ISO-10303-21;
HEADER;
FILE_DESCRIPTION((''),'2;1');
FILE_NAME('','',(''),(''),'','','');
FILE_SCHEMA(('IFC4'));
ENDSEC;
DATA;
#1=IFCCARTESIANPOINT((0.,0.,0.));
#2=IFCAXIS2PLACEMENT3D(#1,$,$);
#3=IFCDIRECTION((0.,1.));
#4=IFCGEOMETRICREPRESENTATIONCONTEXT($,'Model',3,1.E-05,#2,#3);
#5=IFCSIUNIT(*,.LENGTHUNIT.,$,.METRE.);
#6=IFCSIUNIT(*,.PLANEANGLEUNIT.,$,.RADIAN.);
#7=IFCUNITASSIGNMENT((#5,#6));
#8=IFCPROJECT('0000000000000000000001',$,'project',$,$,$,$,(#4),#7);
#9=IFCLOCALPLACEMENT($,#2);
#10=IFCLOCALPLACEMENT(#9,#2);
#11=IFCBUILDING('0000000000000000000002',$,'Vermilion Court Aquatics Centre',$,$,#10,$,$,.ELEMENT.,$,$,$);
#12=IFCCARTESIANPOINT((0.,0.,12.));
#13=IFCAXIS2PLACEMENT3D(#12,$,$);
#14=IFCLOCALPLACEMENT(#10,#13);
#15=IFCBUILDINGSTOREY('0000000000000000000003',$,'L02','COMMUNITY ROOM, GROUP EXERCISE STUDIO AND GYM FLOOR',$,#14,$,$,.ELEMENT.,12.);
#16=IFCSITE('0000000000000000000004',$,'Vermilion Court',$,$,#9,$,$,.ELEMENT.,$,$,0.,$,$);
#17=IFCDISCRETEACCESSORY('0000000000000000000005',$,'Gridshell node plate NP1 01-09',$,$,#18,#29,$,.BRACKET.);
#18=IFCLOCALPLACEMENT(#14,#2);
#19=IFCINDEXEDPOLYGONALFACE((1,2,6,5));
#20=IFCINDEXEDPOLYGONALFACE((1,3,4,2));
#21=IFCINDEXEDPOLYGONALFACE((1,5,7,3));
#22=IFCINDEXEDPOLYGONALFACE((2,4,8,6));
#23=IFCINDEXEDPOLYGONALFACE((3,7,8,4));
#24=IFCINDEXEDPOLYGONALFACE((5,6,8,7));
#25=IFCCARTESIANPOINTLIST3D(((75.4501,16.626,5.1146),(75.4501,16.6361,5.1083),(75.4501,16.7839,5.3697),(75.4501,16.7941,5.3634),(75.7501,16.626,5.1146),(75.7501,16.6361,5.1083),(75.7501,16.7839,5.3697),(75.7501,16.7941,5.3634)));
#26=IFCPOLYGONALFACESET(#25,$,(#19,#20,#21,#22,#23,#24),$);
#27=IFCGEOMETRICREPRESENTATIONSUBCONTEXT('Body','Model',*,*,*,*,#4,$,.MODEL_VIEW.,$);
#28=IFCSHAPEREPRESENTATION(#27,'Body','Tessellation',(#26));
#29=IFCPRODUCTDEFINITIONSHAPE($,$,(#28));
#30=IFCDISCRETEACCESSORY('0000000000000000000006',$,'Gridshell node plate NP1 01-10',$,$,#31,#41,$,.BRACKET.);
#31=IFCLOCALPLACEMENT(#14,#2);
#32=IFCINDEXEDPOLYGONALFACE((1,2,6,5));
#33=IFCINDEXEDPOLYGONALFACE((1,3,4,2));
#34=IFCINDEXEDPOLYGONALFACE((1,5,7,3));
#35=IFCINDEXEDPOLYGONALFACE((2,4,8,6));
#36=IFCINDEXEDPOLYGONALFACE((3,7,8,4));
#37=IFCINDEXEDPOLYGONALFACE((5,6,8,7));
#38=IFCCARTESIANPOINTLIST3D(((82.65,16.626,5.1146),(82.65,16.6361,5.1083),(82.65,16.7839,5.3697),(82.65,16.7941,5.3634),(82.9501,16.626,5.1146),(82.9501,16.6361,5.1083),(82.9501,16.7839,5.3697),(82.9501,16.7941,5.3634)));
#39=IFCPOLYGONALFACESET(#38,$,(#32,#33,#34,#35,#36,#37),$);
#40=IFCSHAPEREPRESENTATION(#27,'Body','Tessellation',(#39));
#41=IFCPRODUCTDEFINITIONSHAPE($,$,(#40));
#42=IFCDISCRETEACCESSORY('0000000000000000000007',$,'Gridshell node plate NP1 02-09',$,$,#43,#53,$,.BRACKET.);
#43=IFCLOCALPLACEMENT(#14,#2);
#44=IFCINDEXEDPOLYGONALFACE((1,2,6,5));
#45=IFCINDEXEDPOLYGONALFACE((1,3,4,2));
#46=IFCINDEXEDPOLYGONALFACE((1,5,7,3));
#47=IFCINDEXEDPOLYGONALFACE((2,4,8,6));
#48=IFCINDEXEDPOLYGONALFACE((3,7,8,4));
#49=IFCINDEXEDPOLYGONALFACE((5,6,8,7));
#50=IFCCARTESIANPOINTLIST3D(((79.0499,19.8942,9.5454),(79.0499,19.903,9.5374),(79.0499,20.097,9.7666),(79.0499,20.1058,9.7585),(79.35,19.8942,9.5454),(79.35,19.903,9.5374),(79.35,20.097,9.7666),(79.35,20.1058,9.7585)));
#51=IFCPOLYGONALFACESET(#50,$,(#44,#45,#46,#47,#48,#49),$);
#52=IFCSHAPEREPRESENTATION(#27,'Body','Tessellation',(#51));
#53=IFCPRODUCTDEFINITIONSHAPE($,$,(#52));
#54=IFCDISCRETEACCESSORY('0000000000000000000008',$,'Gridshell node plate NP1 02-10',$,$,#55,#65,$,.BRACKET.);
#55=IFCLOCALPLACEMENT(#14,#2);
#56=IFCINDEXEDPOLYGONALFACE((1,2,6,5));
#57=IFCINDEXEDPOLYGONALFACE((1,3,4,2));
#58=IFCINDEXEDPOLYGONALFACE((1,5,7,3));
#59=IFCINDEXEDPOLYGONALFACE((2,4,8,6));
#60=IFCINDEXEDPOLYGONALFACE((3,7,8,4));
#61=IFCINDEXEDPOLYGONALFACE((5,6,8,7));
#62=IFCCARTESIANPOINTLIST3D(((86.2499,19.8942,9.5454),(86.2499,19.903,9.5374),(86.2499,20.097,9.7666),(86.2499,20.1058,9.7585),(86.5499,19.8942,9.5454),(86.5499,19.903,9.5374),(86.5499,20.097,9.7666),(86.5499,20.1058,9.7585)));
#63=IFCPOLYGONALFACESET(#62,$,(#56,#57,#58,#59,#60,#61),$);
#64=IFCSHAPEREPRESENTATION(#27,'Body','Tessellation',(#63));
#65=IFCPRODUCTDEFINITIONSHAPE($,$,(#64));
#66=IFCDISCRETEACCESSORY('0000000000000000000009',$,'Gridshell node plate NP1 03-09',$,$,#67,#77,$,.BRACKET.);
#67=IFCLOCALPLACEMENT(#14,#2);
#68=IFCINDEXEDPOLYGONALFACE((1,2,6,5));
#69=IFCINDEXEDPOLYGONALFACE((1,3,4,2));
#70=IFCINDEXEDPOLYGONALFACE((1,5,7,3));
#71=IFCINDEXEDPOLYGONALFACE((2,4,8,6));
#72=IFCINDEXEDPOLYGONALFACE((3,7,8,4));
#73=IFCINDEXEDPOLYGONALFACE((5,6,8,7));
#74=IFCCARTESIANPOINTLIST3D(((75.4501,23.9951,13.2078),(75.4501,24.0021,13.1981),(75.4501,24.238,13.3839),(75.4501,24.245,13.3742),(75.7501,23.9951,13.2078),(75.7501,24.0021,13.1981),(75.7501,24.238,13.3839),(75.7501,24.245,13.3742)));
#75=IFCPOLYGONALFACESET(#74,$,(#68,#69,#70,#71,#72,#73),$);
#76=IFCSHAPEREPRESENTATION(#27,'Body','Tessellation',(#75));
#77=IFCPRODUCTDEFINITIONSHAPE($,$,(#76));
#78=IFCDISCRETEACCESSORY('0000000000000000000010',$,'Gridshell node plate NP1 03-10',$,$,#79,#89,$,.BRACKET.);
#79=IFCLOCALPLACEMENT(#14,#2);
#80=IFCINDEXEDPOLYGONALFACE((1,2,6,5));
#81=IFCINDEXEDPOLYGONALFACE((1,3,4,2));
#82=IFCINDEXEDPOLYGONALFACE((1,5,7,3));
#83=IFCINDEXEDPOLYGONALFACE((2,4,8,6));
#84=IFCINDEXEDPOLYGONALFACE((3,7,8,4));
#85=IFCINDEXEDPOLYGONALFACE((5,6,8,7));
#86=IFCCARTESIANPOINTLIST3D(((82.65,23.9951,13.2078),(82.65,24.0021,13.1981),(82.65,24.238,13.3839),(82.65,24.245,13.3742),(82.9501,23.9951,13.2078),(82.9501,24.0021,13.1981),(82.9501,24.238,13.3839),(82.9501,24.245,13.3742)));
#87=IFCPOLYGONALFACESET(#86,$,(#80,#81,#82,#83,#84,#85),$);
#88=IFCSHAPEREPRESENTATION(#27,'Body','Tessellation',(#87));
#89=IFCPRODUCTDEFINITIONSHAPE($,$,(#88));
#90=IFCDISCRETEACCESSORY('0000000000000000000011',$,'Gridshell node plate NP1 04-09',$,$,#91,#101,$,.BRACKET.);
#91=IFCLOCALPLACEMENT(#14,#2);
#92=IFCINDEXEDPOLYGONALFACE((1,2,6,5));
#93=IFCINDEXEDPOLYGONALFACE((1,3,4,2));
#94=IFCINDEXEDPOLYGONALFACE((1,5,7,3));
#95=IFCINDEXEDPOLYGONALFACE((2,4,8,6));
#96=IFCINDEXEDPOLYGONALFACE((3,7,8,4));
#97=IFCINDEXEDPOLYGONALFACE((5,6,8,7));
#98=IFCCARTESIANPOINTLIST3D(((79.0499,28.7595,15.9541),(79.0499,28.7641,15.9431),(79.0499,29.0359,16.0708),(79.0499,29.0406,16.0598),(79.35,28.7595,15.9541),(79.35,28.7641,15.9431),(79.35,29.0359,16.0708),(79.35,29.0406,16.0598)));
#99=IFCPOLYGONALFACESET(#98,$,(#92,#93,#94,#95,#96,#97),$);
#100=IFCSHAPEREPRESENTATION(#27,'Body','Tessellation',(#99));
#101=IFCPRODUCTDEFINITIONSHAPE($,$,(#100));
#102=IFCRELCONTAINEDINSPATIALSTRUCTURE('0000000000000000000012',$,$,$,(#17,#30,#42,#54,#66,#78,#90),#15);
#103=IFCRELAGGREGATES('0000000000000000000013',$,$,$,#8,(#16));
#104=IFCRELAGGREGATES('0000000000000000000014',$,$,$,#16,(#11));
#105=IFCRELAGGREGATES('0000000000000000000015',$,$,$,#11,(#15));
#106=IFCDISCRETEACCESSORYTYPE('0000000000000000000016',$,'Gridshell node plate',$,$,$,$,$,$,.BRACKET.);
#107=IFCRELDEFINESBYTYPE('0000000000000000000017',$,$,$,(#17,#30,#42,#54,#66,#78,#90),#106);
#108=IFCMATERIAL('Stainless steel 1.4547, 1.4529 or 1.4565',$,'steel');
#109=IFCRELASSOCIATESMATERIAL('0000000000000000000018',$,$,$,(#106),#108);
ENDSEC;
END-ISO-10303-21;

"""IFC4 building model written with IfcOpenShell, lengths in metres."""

from ifc_helpers import new_model, si_unit, direction, frame, origin, origin_2d, place, context, subcontext, project, spatial, rectangle, extrude, material, material_profile, profile_set, type_object, element, save


model = new_model("IFC4")

# Units and contexts
model_context = context("Model", 3, precision=1e-05, world=origin(), true_north=direction((0.0, 1.0)))
body_context = subcontext(model_context, "Body", "Model", "MODEL_VIEW")
ifc_project = project(units=[si_unit("LENGTHUNIT", "METRE"), si_unit("PLANEANGLEUNIT", "RADIAN")], contexts=[model_context])

# Site, building, storey
site_placement = place(None, origin())
site = spatial("IfcSite", under=ifc_project, at=site_placement, Name="Vermilion Court", CompositionType="ELEMENT", RefElevation=0.0)
building_placement = place(site_placement, origin())
building = spatial("IfcBuilding", under=site, at=building_placement, Name="Vermilion Court Aquatics Centre", CompositionType="ELEMENT")
storey_placement = place(building_placement, frame((0.0, 0.0, 12.0)))
storey = spatial("IfcBuildingStorey", under=building, at=storey_placement, Name="L02", Description="COMMUNITY ROOM, GROUP EXERCISE STUDIO AND GYM FLOOR", CompositionType="ELEMENT", Elevation=12.0)

# Discrete accessories
ifc_material_1 = material(Name="Stainless steel 1.4547, 1.4529 or 1.4565", Category="steel")
ifc_material_profile_1 = material_profile(ifc_material_1, rectangle(XDim=0.3, YDim=0.3, at=origin_2d()), Name="PL 12 x 300 x 300")
ifc_profile_set_1 = profile_set([ifc_material_profile_1], Name="Stainless steel 1.4547, 1.4529 or 1.4565")
discrete_accessory_type = type_object("IfcDiscreteAccessoryType", Name="Gridshell node plate", PredefinedType="BRACKET", material=ifc_profile_set_1)
for number, where, z_axis, x_axis, name in (
    (1, (75.6001, 16.7151, 5.2358), (0.0, -0.850265, 0.526355), (1.0, 0.0, 0.0), "Gridshell node plate NP1 01-09"),
    (2, (82.8, 16.7151, 5.2358), (0.0, -0.850265, 0.526355), (1.0, 0.0, 0.0), "Gridshell node plate NP1 01-10"),
    (3, (79.2, 20.0044, 9.6479), (0.0, -0.737154, 0.675725), (1.0, 0.0, 0.0), "Gridshell node plate NP1 02-09"),
    (4, (86.3999, 20.0044, 9.6479), (0.0, -0.737154, 0.675725), (1.0, 0.0, 0.0), "Gridshell node plate NP1 02-10"),
    (5, (75.6001, 24.1235, 13.2861), (0.0, -0.586968, 0.80961), (1.0, 0.0, 0.0), "Gridshell node plate NP1 03-09"),
    (6, (82.8, 24.1235, 13.2861), (0.0, -0.586968, 0.80961), (1.0, 0.0, 0.0), "Gridshell node plate NP1 03-10"),
    (7, (79.2, 28.9023, 16.0015), (0.0, -0.388972, 0.92125), (1.0, 0.0, 0.0), "Gridshell node plate NP1 04-09"),
):
    element("IfcDiscreteAccessory", number, at=place(storey_placement, frame(where, z_axis=z_axis, x_axis=x_axis)), inside=storey, type_object=discrete_accessory_type, Name=name, PredefinedType="BRACKET", context=body_context, shape_type="SweptSolid", body=[
        extrude(rectangle(XDim=0.3, YDim=0.3, at=origin_2d()), origin(), (0.0, 0.0, 1.0), 0.012),
    ])

save(model, "model.ifc")
